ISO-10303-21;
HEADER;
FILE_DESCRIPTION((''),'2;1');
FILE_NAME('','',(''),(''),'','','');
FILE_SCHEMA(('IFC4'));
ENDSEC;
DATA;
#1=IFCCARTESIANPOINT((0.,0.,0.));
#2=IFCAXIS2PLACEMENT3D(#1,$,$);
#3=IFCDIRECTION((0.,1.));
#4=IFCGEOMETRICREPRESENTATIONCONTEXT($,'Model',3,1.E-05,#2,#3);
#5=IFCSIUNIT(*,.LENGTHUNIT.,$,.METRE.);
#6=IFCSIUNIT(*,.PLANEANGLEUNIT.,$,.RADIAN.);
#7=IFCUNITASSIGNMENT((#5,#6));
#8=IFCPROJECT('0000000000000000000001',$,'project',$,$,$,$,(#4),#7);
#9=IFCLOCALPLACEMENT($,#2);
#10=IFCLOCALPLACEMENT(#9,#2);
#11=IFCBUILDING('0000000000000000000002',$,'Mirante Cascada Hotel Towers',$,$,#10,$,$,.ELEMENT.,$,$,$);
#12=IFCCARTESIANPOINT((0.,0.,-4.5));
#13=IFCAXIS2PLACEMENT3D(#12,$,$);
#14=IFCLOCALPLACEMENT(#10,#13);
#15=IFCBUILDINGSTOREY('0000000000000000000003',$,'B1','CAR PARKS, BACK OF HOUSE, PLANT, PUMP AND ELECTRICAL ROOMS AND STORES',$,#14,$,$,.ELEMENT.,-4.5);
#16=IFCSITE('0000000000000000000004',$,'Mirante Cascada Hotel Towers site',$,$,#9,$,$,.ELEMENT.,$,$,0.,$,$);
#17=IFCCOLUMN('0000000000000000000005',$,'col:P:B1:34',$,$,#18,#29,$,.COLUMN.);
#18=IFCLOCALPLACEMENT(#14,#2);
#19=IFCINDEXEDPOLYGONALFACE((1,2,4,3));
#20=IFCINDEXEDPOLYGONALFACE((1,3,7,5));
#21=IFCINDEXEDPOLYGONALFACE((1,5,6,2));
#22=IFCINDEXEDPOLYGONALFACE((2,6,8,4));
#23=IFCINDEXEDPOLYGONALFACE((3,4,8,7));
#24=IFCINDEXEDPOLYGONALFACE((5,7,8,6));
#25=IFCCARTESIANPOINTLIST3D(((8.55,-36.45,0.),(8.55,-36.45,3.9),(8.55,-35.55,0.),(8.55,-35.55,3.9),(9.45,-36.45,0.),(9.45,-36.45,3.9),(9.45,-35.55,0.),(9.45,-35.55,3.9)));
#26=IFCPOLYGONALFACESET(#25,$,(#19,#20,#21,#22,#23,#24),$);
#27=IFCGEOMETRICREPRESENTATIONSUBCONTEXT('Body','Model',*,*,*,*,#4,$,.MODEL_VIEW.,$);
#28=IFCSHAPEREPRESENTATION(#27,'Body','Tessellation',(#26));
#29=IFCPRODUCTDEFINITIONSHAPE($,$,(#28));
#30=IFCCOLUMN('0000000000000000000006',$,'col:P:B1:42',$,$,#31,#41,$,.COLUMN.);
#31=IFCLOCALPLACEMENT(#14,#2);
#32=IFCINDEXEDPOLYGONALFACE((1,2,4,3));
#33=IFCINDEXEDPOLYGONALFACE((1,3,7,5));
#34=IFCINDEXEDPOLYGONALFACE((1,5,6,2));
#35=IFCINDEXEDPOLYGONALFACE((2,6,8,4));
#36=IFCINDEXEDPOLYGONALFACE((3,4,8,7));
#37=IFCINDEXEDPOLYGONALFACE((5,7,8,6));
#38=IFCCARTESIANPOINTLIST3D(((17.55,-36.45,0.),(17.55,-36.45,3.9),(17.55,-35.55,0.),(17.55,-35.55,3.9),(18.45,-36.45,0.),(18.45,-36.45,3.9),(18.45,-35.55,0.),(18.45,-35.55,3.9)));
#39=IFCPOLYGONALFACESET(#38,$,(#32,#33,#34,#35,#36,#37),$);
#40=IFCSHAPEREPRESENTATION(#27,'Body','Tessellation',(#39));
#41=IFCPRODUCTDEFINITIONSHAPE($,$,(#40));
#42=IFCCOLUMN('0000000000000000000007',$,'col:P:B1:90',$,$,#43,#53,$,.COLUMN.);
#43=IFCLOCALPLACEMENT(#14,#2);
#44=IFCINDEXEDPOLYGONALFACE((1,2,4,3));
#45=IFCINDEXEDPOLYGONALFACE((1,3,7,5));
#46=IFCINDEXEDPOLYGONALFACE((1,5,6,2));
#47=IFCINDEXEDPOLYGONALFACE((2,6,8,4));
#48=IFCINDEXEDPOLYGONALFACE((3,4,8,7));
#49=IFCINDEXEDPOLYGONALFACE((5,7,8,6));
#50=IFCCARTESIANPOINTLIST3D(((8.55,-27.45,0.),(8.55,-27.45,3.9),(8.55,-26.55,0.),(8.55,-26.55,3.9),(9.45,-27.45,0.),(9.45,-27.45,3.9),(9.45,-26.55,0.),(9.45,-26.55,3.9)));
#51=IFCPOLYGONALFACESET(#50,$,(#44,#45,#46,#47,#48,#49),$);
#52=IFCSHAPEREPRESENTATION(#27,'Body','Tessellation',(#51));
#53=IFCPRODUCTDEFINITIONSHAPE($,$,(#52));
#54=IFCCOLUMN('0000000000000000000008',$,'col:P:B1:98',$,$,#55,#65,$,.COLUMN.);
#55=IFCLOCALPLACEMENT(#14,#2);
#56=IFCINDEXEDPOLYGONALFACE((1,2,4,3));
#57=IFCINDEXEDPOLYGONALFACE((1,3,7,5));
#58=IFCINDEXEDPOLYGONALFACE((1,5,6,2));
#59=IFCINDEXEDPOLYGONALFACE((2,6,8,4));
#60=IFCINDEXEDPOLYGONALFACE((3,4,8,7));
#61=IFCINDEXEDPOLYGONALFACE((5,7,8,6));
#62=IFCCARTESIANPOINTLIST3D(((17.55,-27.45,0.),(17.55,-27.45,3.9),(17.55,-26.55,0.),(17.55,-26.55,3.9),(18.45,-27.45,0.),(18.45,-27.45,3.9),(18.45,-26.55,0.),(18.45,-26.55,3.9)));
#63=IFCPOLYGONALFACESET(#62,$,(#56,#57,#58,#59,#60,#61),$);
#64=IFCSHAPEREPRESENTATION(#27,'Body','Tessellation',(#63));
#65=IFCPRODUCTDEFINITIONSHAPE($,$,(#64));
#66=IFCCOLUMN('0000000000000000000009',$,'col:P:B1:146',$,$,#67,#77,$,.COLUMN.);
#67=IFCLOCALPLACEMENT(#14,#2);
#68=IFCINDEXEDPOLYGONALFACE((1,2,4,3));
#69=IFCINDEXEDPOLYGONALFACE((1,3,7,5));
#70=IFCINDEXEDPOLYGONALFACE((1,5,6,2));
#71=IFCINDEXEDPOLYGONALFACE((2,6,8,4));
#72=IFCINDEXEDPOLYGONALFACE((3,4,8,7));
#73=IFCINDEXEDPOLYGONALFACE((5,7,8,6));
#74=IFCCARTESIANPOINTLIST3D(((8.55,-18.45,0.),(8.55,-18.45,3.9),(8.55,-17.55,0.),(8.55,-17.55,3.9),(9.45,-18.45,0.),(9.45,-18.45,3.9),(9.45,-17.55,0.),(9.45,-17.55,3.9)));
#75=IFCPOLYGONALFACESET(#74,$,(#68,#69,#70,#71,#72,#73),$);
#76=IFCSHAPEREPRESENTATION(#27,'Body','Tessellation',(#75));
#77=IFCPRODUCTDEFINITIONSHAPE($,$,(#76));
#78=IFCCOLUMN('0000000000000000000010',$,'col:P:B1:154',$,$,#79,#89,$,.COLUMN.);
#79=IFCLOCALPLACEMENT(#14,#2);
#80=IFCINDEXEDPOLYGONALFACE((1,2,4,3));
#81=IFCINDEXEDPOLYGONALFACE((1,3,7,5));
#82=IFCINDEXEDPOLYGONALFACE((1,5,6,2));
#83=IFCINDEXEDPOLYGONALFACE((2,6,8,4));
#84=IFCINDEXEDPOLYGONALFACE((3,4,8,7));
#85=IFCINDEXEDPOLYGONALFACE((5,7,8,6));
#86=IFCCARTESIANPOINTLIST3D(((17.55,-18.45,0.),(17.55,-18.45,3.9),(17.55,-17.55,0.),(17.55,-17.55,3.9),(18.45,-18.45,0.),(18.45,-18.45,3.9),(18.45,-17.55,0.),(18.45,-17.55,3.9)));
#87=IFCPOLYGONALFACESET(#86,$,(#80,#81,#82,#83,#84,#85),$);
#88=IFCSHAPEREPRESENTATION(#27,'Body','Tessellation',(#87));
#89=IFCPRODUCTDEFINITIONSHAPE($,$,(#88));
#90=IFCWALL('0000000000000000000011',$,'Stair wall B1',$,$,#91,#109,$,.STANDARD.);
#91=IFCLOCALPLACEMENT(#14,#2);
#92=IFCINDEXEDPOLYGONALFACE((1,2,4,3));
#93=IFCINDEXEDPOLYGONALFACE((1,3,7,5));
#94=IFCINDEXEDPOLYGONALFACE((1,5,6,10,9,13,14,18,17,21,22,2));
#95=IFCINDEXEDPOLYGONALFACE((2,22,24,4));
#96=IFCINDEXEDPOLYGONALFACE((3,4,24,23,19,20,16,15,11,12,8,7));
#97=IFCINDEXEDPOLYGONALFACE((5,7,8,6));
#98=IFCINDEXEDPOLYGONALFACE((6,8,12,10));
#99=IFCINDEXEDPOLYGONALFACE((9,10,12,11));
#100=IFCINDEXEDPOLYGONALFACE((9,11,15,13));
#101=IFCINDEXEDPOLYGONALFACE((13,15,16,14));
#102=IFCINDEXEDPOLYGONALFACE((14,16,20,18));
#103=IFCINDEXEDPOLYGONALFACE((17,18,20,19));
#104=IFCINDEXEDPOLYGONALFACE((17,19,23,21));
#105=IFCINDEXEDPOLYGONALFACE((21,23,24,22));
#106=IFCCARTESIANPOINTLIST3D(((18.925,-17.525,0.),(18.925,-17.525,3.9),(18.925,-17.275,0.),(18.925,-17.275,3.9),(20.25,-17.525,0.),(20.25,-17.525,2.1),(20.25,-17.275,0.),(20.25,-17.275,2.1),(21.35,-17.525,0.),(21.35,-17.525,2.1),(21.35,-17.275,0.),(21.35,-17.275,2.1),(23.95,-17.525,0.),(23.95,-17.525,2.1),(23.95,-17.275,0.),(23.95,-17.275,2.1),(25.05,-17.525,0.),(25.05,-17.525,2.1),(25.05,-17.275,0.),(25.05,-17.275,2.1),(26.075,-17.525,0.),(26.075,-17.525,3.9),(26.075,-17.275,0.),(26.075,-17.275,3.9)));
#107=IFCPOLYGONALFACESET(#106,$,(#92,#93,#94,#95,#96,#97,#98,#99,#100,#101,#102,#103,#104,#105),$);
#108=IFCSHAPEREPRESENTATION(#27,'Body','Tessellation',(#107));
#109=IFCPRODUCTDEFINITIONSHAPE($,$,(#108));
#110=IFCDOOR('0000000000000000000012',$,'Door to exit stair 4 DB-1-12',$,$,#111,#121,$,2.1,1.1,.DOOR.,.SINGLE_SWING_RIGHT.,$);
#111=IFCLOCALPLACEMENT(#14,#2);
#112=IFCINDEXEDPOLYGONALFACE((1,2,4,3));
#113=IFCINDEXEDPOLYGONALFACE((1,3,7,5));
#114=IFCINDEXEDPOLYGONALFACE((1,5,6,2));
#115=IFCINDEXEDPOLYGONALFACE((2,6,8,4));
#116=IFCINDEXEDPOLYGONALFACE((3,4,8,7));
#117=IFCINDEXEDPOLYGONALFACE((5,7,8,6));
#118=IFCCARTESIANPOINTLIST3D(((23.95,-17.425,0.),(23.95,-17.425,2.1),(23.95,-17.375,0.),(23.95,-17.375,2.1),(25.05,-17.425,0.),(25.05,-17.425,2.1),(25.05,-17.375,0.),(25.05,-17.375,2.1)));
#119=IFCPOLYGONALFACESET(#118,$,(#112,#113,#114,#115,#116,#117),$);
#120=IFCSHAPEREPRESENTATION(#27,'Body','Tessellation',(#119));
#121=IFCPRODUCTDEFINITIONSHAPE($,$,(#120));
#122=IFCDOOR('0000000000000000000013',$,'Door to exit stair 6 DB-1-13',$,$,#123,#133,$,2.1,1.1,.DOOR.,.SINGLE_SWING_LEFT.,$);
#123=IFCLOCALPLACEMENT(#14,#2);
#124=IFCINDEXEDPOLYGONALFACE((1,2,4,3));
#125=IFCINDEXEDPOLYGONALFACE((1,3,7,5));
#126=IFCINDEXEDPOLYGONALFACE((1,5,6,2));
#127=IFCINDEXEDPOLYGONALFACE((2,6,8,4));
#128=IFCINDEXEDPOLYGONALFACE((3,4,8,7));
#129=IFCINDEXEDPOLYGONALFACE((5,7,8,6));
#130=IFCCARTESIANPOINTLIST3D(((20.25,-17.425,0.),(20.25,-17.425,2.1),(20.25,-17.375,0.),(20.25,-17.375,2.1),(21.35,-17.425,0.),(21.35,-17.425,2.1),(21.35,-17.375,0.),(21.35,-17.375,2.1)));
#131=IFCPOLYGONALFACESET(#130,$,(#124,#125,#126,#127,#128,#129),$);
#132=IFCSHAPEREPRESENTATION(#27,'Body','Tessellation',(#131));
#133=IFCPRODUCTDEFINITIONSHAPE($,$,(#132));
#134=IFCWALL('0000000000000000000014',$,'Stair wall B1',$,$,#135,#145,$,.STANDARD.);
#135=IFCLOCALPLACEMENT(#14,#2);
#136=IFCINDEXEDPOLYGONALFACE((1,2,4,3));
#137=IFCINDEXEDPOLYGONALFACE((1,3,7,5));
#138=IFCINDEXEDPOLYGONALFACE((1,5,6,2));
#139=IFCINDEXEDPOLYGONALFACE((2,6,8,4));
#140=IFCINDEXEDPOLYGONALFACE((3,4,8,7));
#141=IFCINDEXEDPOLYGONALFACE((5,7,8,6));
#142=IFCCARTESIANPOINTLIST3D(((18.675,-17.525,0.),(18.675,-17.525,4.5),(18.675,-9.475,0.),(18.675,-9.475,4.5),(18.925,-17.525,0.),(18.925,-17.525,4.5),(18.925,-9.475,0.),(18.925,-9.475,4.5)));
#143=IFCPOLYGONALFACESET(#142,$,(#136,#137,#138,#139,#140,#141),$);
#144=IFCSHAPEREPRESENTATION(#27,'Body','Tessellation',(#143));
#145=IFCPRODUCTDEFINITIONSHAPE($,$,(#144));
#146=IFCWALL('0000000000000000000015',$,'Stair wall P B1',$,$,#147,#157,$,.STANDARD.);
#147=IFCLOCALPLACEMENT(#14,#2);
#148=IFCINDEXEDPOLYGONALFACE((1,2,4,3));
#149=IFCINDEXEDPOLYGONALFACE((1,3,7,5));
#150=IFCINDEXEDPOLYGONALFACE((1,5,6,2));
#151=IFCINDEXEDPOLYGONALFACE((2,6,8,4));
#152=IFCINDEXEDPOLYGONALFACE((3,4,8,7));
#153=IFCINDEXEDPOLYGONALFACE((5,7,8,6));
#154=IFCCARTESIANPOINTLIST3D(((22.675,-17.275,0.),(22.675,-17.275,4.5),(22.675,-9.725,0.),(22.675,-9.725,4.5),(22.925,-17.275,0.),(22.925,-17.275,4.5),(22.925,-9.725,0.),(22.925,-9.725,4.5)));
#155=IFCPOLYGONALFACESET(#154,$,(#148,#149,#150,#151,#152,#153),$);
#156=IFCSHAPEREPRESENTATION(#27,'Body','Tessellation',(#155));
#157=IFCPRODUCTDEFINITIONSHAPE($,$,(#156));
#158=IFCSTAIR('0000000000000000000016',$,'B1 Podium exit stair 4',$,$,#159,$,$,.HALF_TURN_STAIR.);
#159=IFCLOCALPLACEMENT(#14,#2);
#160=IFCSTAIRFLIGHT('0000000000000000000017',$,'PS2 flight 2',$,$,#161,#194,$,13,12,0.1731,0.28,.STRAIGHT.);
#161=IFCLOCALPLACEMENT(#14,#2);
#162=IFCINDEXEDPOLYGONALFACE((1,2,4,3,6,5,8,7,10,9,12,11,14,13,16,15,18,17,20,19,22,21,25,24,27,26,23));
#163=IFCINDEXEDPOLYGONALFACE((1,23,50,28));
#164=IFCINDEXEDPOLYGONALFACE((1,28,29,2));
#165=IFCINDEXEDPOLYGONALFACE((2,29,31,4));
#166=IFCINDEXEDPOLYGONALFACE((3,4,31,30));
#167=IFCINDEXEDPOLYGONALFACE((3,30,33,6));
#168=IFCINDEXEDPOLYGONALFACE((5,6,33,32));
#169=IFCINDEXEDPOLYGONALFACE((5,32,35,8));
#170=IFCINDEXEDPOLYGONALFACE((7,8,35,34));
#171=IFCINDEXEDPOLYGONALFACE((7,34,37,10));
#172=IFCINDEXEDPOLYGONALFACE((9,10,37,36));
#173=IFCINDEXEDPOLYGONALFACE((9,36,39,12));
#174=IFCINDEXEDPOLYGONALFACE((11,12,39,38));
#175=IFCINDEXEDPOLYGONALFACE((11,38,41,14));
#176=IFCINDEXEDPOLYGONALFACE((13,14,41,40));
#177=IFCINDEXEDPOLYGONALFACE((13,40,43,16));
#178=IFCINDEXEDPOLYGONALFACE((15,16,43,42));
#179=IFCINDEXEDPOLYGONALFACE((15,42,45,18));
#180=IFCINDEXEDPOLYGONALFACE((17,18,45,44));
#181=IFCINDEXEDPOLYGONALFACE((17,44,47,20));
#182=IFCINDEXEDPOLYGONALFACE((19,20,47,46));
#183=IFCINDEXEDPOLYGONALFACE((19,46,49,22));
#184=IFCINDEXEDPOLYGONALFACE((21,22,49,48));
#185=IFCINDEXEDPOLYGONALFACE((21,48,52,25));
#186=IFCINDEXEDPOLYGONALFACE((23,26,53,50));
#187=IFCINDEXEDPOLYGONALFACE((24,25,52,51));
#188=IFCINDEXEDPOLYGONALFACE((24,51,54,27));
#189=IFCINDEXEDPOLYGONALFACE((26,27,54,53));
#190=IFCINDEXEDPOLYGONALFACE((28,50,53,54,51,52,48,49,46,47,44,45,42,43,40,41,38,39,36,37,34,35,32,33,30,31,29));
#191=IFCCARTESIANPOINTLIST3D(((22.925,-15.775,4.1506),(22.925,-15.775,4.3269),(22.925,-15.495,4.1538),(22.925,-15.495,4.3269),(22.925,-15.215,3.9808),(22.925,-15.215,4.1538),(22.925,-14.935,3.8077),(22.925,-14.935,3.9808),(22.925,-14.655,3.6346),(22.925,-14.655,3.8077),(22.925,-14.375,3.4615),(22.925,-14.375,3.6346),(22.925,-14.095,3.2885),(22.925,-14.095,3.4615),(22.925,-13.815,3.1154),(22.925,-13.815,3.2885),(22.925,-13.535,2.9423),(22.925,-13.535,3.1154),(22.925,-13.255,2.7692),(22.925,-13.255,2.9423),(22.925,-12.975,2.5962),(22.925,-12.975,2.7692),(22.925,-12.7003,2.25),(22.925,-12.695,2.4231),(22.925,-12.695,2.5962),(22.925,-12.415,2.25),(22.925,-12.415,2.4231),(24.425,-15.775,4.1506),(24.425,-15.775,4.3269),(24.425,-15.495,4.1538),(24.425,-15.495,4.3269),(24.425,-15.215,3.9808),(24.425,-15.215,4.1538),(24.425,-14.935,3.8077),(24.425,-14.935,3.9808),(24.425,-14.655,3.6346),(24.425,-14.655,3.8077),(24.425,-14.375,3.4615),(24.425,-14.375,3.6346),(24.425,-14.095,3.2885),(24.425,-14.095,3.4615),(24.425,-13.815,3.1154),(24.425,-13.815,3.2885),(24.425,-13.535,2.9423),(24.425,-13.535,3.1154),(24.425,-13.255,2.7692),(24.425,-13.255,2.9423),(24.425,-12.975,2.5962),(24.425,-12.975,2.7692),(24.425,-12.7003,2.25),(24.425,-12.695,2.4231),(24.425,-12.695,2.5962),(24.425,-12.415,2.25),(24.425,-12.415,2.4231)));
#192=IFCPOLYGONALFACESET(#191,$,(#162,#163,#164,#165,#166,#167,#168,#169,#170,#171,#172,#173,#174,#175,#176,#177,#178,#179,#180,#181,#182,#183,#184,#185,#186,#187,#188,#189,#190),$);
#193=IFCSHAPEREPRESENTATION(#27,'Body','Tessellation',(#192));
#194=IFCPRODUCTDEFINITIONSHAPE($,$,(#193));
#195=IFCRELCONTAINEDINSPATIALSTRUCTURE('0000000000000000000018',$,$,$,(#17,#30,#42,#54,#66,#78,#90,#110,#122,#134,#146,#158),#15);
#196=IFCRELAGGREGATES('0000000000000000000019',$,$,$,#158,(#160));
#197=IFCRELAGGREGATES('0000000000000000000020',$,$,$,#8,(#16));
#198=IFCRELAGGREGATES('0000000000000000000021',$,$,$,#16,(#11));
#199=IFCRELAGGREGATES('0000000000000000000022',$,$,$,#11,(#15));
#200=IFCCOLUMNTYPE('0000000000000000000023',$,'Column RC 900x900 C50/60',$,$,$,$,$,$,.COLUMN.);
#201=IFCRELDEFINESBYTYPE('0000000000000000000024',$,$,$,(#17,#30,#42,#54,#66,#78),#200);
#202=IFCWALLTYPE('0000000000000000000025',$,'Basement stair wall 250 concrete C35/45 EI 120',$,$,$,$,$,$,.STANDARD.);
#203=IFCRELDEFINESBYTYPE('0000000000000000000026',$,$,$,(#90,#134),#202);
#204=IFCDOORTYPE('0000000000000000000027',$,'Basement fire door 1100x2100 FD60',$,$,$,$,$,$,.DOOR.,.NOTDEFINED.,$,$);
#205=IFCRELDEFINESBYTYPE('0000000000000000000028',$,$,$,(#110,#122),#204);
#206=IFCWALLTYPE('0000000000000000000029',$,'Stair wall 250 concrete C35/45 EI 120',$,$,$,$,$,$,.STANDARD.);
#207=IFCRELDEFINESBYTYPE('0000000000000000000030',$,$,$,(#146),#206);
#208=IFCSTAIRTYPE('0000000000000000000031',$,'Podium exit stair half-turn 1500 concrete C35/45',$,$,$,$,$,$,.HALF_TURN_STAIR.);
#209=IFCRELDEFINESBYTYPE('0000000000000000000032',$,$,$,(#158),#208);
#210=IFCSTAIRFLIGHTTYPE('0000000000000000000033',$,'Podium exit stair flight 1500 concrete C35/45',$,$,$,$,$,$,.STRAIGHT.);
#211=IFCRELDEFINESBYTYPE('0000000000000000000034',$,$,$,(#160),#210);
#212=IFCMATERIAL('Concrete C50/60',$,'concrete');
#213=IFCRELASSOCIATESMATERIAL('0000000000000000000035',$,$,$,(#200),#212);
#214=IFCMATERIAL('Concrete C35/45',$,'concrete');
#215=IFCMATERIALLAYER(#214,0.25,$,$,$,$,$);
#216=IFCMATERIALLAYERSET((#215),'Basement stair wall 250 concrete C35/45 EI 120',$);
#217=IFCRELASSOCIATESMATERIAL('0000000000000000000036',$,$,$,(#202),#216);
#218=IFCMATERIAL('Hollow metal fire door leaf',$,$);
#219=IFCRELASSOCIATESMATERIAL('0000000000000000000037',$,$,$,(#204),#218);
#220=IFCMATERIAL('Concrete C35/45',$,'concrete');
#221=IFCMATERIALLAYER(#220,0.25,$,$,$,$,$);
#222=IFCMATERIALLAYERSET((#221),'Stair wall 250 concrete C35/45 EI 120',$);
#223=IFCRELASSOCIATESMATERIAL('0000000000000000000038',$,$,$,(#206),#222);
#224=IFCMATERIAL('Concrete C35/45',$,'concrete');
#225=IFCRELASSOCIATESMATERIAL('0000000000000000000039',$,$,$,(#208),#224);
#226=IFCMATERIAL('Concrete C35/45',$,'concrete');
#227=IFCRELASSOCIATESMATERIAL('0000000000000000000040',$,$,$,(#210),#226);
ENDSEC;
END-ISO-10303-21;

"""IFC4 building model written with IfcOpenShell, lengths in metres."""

from ifc_helpers import new_model, si_unit, direction, frame, frame_2d, origin, origin_2d, place, context, subcontext, project, spatial, polyline, rectangle, outline, extrude, material, layer, layer_set, material_profile, profile_set, type_object, element, fill, aggregate, save


model = new_model("IFC4")

# Units and contexts
model_context = context("Model", 3, precision=1e-05, world=origin(), true_north=direction((0.0, 1.0)))
body_context = subcontext(model_context, "Body", "Model", "MODEL_VIEW")
ifc_project = project(units=[si_unit("LENGTHUNIT", "METRE"), si_unit("PLANEANGLEUNIT", "RADIAN")], contexts=[model_context])

# Site, building, storey
site_placement = place(None, origin())
site = spatial("IfcSite", under=ifc_project, at=site_placement, Name="Mirante Cascada Hotel Towers site", CompositionType="ELEMENT", RefElevation=0.0)
building_placement = place(site_placement, origin())
building = spatial("IfcBuilding", under=site, at=building_placement, Name="Mirante Cascada Hotel Towers", CompositionType="ELEMENT")
storey_placement = place(building_placement, frame((0.0, 0.0, -4.5)))
storey = spatial("IfcBuildingStorey", under=building, at=storey_placement, Name="B1", Description="CAR PARKS, BACK OF HOUSE, PLANT, PUMP AND ELECTRICAL ROOMS AND STORES", CompositionType="ELEMENT", Elevation=-4.5)

# Columns
ifc_material_1 = material(Name="Concrete C50/60", Category="concrete")
ifc_material_profile = material_profile(ifc_material_1, rectangle(XDim=0.9, YDim=0.9, at=origin_2d()), Name="RC 900x900")
ifc_profile_set = profile_set([ifc_material_profile], Name="Concrete C50/60")
column_type = type_object("IfcColumnType", Name="Column RC 900x900 C50/60", PredefinedType="COLUMN", material=ifc_profile_set)
for number, where, z_axis, x_axis, name in (
    (1, (9.0, -36.0, 0.0), (0.0, 0.0, 1.0), (1.0, 0.0, 0.0), "col:P:B1:34"),
    (2, (18.0, -36.0, 0.0), (0.0, 0.0, 1.0), (1.0, 0.0, 0.0), "col:P:B1:42"),
    (3, (9.0, -27.0, 0.0), (0.0, 0.0, 1.0), (1.0, 0.0, 0.0), "col:P:B1:90"),
    (4, (18.0, -27.0, 0.0), (0.0, 0.0, 1.0), (1.0, 0.0, 0.0), "col:P:B1:98"),
    (5, (9.0, -18.0, 0.0), (0.0, 0.0, 1.0), (1.0, 0.0, 0.0), "col:P:B1:146"),
    (6, (18.0, -18.0, 0.0), (0.0, 0.0, 1.0), (1.0, 0.0, 0.0), "col:P:B1:154"),
):
    element("IfcColumn", number, at=place(storey_placement, frame(where, z_axis=z_axis, x_axis=x_axis)), inside=storey, type_object=column_type, Name=name, PredefinedType="COLUMN", context=body_context, shape_type="SweptSolid", body=[
        extrude(rectangle(XDim=0.9, YDim=0.9, at=origin_2d()), origin(), (0.0, 0.0, 1.0), 3.9),
    ])

# Wall, openings, doors
ifc_material_2 = material(Name="Concrete C35/45", Category="concrete")
ifc_layer_1 = layer(ifc_material_2, 0.25)
ifc_layer_set_1 = layer_set([ifc_layer_1], Name="Basement stair wall 250 concrete C35/45 EI 120")
wall_type_1 = type_object("IfcWallType", Name="Basement stair wall 250 concrete C35/45 EI 120", PredefinedType="STANDARD", material=ifc_layer_set_1)
wall_1_placement = place(storey_placement, frame((18.925, -17.4, 0.0), z_axis=(0.0, 0.0, 1.0), x_axis=(1.0, 0.0, 0.0)))
wall_1 = element("IfcWall", 7, at=wall_1_placement, inside=storey, type_object=wall_type_1, Name="Stair wall B1", PredefinedType="STANDARD", context=body_context, shape_type="SweptSolid", body=[
    extrude(rectangle(XDim=7.15, YDim=0.25, at=frame_2d((3.575, 0.0))), origin(), (0.0, 0.0, 1.0), 3.9),
])
opening_1_placement = place(wall_1_placement, frame((5.025, 0.0, 0.0)))
opening_1 = element("IfcOpeningElement", 8, at=opening_1_placement, cuts=wall_1, PredefinedType="OPENING", context=body_context, shape_type="SweptSolid", body=[
    extrude(rectangle(XDim=1.1, YDim=2.1, at=frame_2d((0.55, 1.05))), frame((0.0, 0.125, 0.0), z_axis=(0.0, -1.0, 0.0), x_axis=(1.0, 0.0, 0.0)), (0.0, 0.0, 1.0), 0.25),
])
opening_2_placement = place(wall_1_placement, frame((1.325, 0.0, 0.0)))
opening_2 = element("IfcOpeningElement", 9, at=opening_2_placement, cuts=wall_1, PredefinedType="OPENING", context=body_context, shape_type="SweptSolid", body=[
    extrude(rectangle(XDim=1.1, YDim=2.1, at=frame_2d((0.55, 1.05))), frame((0.0, 0.125, 0.0), z_axis=(0.0, -1.0, 0.0), x_axis=(1.0, 0.0, 0.0)), (0.0, 0.0, 1.0), 0.25),
])
ifc_material_3 = material(Name="Hollow metal fire door leaf")
door_type = type_object("IfcDoorType", Name="Basement fire door 1100x2100 FD60", OperationType="NOTDEFINED", PredefinedType="DOOR", material=ifc_material_3)
door_1_placement = place(opening_1_placement, origin())
door_1 = element("IfcDoor", 10, at=door_1_placement, inside=storey, type_object=door_type, Name="Door to exit stair 4 DB-1-12", OperationType="SINGLE_SWING_RIGHT", OverallHeight=2.1, OverallWidth=1.1, PredefinedType="DOOR", context=body_context, shape_type="SweptSolid", body=[
    extrude(rectangle(XDim=1.1, YDim=2.1, at=frame_2d((0.55, 1.05))), frame((0.0, 0.025, 0.0), z_axis=(0.0, -1.0, 0.0), x_axis=(1.0, 0.0, 0.0)), (0.0, 0.0, 1.0), 0.05),
])
fill(opening_1, door_1)
door_2_placement = place(opening_2_placement, origin())
door_2 = element("IfcDoor", 11, at=door_2_placement, inside=storey, type_object=door_type, Name="Door to exit stair 6 DB-1-13", OperationType="SINGLE_SWING_LEFT", OverallHeight=2.1, OverallWidth=1.1, PredefinedType="DOOR", context=body_context, shape_type="SweptSolid", body=[
    extrude(rectangle(XDim=1.1, YDim=2.1, at=frame_2d((0.55, 1.05))), frame((0.0, 0.025, 0.0), z_axis=(0.0, -1.0, 0.0), x_axis=(1.0, 0.0, 0.0)), (0.0, 0.0, 1.0), 0.05),
])
fill(opening_2, door_2)

# Walls
wall_2_placement = place(storey_placement, frame((18.8, -17.525, 0.0), z_axis=(0.0, 0.0, 1.0), x_axis=(0.0, 1.0, 0.0)))
element("IfcWall", 12, at=wall_2_placement, inside=storey, type_object=wall_type_1, Name="Stair wall B1", PredefinedType="STANDARD", context=body_context, shape_type="SweptSolid", body=[
    extrude(rectangle(XDim=8.05, YDim=0.25, at=frame_2d((4.025, 0.0))), origin(), (0.0, 0.0, 1.0), 4.5),
])
ifc_material_4 = material(Name="Concrete C35/45", Category="concrete")
ifc_layer_2 = layer(ifc_material_4, 0.25)
ifc_layer_set_2 = layer_set([ifc_layer_2], Name="Stair wall 250 concrete C35/45 EI 120")
wall_type_2 = type_object("IfcWallType", Name="Stair wall 250 concrete C35/45 EI 120", PredefinedType="STANDARD", material=ifc_layer_set_2)
wall_3_placement = place(storey_placement, frame((22.8, -17.275, 0.0), z_axis=(0.0, 0.0, 1.0), x_axis=(0.0, 1.0, 0.0)))
element("IfcWall", 13, at=wall_3_placement, inside=storey, type_object=wall_type_2, Name="Stair wall P B1", PredefinedType="STANDARD", context=body_context, shape_type="SweptSolid", body=[
    extrude(rectangle(XDim=7.55, YDim=0.25, at=frame_2d((3.775, 0.0))), origin(), (0.0, 0.0, 1.0), 4.5),
])

# Stair, stair flight
ifc_material_5 = material(Name="Concrete C35/45", Category="concrete")
stair_type = type_object("IfcStairType", Name="Podium exit stair half-turn 1500 concrete C35/45", PredefinedType="HALF_TURN_STAIR", material=ifc_material_5)
stair_1_placement = place(storey_placement, origin())
stair_1 = element("IfcStair", 14, at=stair_1_placement, inside=storey, type_object=stair_type, Name="B1 Podium exit stair 4", PredefinedType="HALF_TURN_STAIR")
ifc_material_6 = material(Name="Concrete C35/45", Category="concrete")
stair_flight_type = type_object("IfcStairFlightType", Name="Podium exit stair flight 1500 concrete C35/45", PredefinedType="STRAIGHT", material=ifc_material_6)
stair_flight_1_placement = place(storey_placement, frame((23.675, -12.415, 2.25), z_axis=(0.0, 0.0, 1.0), x_axis=(0.0, -1.0, 0.0)))
stair_flight_1 = element("IfcStairFlight", 15, at=stair_flight_1_placement, type_object=stair_flight_type, Name="PS2 flight 2", NumberOfRisers=13, NumberOfTreads=12, PredefinedType="STRAIGHT", RiserHeight=0.1731, TreadLength=0.28, context=body_context, shape_type="SweptSolid", body=[
    extrude(outline(polyline([(0.0, 0.0), (0.0, 0.1731), (0.28, 0.1731), (0.28, 0.3462), (0.56, 0.3462), (0.56, 0.5192), (0.84, 0.5192), (0.84, 0.6923), (1.12, 0.6923), (1.12, 0.8654), (1.4, 0.8654), (1.4, 1.0385), (1.68, 1.0385), (1.68, 1.2115), (1.96, 1.2115), (1.96, 1.3846), (2.24, 1.3846), (2.24, 1.5577), (2.52, 1.5577), (2.52, 1.7308), (2.8, 1.7308), (2.8, 1.9038), (3.08, 1.9038), (3.08, 2.0769), (3.36, 2.0769), (3.36, 2.25), (3.36, 1.9006), (0.2853, 0.0), (0.0, 0.0)])), frame((0.0, 0.75, 0.0), z_axis=(0.0, -1.0, 0.0), x_axis=(1.0, 0.0, 0.0)), (0.0, 0.0, 1.0), 1.5),
])
aggregate(stair_1, [stair_flight_1])

save(model, "model.ifc")
